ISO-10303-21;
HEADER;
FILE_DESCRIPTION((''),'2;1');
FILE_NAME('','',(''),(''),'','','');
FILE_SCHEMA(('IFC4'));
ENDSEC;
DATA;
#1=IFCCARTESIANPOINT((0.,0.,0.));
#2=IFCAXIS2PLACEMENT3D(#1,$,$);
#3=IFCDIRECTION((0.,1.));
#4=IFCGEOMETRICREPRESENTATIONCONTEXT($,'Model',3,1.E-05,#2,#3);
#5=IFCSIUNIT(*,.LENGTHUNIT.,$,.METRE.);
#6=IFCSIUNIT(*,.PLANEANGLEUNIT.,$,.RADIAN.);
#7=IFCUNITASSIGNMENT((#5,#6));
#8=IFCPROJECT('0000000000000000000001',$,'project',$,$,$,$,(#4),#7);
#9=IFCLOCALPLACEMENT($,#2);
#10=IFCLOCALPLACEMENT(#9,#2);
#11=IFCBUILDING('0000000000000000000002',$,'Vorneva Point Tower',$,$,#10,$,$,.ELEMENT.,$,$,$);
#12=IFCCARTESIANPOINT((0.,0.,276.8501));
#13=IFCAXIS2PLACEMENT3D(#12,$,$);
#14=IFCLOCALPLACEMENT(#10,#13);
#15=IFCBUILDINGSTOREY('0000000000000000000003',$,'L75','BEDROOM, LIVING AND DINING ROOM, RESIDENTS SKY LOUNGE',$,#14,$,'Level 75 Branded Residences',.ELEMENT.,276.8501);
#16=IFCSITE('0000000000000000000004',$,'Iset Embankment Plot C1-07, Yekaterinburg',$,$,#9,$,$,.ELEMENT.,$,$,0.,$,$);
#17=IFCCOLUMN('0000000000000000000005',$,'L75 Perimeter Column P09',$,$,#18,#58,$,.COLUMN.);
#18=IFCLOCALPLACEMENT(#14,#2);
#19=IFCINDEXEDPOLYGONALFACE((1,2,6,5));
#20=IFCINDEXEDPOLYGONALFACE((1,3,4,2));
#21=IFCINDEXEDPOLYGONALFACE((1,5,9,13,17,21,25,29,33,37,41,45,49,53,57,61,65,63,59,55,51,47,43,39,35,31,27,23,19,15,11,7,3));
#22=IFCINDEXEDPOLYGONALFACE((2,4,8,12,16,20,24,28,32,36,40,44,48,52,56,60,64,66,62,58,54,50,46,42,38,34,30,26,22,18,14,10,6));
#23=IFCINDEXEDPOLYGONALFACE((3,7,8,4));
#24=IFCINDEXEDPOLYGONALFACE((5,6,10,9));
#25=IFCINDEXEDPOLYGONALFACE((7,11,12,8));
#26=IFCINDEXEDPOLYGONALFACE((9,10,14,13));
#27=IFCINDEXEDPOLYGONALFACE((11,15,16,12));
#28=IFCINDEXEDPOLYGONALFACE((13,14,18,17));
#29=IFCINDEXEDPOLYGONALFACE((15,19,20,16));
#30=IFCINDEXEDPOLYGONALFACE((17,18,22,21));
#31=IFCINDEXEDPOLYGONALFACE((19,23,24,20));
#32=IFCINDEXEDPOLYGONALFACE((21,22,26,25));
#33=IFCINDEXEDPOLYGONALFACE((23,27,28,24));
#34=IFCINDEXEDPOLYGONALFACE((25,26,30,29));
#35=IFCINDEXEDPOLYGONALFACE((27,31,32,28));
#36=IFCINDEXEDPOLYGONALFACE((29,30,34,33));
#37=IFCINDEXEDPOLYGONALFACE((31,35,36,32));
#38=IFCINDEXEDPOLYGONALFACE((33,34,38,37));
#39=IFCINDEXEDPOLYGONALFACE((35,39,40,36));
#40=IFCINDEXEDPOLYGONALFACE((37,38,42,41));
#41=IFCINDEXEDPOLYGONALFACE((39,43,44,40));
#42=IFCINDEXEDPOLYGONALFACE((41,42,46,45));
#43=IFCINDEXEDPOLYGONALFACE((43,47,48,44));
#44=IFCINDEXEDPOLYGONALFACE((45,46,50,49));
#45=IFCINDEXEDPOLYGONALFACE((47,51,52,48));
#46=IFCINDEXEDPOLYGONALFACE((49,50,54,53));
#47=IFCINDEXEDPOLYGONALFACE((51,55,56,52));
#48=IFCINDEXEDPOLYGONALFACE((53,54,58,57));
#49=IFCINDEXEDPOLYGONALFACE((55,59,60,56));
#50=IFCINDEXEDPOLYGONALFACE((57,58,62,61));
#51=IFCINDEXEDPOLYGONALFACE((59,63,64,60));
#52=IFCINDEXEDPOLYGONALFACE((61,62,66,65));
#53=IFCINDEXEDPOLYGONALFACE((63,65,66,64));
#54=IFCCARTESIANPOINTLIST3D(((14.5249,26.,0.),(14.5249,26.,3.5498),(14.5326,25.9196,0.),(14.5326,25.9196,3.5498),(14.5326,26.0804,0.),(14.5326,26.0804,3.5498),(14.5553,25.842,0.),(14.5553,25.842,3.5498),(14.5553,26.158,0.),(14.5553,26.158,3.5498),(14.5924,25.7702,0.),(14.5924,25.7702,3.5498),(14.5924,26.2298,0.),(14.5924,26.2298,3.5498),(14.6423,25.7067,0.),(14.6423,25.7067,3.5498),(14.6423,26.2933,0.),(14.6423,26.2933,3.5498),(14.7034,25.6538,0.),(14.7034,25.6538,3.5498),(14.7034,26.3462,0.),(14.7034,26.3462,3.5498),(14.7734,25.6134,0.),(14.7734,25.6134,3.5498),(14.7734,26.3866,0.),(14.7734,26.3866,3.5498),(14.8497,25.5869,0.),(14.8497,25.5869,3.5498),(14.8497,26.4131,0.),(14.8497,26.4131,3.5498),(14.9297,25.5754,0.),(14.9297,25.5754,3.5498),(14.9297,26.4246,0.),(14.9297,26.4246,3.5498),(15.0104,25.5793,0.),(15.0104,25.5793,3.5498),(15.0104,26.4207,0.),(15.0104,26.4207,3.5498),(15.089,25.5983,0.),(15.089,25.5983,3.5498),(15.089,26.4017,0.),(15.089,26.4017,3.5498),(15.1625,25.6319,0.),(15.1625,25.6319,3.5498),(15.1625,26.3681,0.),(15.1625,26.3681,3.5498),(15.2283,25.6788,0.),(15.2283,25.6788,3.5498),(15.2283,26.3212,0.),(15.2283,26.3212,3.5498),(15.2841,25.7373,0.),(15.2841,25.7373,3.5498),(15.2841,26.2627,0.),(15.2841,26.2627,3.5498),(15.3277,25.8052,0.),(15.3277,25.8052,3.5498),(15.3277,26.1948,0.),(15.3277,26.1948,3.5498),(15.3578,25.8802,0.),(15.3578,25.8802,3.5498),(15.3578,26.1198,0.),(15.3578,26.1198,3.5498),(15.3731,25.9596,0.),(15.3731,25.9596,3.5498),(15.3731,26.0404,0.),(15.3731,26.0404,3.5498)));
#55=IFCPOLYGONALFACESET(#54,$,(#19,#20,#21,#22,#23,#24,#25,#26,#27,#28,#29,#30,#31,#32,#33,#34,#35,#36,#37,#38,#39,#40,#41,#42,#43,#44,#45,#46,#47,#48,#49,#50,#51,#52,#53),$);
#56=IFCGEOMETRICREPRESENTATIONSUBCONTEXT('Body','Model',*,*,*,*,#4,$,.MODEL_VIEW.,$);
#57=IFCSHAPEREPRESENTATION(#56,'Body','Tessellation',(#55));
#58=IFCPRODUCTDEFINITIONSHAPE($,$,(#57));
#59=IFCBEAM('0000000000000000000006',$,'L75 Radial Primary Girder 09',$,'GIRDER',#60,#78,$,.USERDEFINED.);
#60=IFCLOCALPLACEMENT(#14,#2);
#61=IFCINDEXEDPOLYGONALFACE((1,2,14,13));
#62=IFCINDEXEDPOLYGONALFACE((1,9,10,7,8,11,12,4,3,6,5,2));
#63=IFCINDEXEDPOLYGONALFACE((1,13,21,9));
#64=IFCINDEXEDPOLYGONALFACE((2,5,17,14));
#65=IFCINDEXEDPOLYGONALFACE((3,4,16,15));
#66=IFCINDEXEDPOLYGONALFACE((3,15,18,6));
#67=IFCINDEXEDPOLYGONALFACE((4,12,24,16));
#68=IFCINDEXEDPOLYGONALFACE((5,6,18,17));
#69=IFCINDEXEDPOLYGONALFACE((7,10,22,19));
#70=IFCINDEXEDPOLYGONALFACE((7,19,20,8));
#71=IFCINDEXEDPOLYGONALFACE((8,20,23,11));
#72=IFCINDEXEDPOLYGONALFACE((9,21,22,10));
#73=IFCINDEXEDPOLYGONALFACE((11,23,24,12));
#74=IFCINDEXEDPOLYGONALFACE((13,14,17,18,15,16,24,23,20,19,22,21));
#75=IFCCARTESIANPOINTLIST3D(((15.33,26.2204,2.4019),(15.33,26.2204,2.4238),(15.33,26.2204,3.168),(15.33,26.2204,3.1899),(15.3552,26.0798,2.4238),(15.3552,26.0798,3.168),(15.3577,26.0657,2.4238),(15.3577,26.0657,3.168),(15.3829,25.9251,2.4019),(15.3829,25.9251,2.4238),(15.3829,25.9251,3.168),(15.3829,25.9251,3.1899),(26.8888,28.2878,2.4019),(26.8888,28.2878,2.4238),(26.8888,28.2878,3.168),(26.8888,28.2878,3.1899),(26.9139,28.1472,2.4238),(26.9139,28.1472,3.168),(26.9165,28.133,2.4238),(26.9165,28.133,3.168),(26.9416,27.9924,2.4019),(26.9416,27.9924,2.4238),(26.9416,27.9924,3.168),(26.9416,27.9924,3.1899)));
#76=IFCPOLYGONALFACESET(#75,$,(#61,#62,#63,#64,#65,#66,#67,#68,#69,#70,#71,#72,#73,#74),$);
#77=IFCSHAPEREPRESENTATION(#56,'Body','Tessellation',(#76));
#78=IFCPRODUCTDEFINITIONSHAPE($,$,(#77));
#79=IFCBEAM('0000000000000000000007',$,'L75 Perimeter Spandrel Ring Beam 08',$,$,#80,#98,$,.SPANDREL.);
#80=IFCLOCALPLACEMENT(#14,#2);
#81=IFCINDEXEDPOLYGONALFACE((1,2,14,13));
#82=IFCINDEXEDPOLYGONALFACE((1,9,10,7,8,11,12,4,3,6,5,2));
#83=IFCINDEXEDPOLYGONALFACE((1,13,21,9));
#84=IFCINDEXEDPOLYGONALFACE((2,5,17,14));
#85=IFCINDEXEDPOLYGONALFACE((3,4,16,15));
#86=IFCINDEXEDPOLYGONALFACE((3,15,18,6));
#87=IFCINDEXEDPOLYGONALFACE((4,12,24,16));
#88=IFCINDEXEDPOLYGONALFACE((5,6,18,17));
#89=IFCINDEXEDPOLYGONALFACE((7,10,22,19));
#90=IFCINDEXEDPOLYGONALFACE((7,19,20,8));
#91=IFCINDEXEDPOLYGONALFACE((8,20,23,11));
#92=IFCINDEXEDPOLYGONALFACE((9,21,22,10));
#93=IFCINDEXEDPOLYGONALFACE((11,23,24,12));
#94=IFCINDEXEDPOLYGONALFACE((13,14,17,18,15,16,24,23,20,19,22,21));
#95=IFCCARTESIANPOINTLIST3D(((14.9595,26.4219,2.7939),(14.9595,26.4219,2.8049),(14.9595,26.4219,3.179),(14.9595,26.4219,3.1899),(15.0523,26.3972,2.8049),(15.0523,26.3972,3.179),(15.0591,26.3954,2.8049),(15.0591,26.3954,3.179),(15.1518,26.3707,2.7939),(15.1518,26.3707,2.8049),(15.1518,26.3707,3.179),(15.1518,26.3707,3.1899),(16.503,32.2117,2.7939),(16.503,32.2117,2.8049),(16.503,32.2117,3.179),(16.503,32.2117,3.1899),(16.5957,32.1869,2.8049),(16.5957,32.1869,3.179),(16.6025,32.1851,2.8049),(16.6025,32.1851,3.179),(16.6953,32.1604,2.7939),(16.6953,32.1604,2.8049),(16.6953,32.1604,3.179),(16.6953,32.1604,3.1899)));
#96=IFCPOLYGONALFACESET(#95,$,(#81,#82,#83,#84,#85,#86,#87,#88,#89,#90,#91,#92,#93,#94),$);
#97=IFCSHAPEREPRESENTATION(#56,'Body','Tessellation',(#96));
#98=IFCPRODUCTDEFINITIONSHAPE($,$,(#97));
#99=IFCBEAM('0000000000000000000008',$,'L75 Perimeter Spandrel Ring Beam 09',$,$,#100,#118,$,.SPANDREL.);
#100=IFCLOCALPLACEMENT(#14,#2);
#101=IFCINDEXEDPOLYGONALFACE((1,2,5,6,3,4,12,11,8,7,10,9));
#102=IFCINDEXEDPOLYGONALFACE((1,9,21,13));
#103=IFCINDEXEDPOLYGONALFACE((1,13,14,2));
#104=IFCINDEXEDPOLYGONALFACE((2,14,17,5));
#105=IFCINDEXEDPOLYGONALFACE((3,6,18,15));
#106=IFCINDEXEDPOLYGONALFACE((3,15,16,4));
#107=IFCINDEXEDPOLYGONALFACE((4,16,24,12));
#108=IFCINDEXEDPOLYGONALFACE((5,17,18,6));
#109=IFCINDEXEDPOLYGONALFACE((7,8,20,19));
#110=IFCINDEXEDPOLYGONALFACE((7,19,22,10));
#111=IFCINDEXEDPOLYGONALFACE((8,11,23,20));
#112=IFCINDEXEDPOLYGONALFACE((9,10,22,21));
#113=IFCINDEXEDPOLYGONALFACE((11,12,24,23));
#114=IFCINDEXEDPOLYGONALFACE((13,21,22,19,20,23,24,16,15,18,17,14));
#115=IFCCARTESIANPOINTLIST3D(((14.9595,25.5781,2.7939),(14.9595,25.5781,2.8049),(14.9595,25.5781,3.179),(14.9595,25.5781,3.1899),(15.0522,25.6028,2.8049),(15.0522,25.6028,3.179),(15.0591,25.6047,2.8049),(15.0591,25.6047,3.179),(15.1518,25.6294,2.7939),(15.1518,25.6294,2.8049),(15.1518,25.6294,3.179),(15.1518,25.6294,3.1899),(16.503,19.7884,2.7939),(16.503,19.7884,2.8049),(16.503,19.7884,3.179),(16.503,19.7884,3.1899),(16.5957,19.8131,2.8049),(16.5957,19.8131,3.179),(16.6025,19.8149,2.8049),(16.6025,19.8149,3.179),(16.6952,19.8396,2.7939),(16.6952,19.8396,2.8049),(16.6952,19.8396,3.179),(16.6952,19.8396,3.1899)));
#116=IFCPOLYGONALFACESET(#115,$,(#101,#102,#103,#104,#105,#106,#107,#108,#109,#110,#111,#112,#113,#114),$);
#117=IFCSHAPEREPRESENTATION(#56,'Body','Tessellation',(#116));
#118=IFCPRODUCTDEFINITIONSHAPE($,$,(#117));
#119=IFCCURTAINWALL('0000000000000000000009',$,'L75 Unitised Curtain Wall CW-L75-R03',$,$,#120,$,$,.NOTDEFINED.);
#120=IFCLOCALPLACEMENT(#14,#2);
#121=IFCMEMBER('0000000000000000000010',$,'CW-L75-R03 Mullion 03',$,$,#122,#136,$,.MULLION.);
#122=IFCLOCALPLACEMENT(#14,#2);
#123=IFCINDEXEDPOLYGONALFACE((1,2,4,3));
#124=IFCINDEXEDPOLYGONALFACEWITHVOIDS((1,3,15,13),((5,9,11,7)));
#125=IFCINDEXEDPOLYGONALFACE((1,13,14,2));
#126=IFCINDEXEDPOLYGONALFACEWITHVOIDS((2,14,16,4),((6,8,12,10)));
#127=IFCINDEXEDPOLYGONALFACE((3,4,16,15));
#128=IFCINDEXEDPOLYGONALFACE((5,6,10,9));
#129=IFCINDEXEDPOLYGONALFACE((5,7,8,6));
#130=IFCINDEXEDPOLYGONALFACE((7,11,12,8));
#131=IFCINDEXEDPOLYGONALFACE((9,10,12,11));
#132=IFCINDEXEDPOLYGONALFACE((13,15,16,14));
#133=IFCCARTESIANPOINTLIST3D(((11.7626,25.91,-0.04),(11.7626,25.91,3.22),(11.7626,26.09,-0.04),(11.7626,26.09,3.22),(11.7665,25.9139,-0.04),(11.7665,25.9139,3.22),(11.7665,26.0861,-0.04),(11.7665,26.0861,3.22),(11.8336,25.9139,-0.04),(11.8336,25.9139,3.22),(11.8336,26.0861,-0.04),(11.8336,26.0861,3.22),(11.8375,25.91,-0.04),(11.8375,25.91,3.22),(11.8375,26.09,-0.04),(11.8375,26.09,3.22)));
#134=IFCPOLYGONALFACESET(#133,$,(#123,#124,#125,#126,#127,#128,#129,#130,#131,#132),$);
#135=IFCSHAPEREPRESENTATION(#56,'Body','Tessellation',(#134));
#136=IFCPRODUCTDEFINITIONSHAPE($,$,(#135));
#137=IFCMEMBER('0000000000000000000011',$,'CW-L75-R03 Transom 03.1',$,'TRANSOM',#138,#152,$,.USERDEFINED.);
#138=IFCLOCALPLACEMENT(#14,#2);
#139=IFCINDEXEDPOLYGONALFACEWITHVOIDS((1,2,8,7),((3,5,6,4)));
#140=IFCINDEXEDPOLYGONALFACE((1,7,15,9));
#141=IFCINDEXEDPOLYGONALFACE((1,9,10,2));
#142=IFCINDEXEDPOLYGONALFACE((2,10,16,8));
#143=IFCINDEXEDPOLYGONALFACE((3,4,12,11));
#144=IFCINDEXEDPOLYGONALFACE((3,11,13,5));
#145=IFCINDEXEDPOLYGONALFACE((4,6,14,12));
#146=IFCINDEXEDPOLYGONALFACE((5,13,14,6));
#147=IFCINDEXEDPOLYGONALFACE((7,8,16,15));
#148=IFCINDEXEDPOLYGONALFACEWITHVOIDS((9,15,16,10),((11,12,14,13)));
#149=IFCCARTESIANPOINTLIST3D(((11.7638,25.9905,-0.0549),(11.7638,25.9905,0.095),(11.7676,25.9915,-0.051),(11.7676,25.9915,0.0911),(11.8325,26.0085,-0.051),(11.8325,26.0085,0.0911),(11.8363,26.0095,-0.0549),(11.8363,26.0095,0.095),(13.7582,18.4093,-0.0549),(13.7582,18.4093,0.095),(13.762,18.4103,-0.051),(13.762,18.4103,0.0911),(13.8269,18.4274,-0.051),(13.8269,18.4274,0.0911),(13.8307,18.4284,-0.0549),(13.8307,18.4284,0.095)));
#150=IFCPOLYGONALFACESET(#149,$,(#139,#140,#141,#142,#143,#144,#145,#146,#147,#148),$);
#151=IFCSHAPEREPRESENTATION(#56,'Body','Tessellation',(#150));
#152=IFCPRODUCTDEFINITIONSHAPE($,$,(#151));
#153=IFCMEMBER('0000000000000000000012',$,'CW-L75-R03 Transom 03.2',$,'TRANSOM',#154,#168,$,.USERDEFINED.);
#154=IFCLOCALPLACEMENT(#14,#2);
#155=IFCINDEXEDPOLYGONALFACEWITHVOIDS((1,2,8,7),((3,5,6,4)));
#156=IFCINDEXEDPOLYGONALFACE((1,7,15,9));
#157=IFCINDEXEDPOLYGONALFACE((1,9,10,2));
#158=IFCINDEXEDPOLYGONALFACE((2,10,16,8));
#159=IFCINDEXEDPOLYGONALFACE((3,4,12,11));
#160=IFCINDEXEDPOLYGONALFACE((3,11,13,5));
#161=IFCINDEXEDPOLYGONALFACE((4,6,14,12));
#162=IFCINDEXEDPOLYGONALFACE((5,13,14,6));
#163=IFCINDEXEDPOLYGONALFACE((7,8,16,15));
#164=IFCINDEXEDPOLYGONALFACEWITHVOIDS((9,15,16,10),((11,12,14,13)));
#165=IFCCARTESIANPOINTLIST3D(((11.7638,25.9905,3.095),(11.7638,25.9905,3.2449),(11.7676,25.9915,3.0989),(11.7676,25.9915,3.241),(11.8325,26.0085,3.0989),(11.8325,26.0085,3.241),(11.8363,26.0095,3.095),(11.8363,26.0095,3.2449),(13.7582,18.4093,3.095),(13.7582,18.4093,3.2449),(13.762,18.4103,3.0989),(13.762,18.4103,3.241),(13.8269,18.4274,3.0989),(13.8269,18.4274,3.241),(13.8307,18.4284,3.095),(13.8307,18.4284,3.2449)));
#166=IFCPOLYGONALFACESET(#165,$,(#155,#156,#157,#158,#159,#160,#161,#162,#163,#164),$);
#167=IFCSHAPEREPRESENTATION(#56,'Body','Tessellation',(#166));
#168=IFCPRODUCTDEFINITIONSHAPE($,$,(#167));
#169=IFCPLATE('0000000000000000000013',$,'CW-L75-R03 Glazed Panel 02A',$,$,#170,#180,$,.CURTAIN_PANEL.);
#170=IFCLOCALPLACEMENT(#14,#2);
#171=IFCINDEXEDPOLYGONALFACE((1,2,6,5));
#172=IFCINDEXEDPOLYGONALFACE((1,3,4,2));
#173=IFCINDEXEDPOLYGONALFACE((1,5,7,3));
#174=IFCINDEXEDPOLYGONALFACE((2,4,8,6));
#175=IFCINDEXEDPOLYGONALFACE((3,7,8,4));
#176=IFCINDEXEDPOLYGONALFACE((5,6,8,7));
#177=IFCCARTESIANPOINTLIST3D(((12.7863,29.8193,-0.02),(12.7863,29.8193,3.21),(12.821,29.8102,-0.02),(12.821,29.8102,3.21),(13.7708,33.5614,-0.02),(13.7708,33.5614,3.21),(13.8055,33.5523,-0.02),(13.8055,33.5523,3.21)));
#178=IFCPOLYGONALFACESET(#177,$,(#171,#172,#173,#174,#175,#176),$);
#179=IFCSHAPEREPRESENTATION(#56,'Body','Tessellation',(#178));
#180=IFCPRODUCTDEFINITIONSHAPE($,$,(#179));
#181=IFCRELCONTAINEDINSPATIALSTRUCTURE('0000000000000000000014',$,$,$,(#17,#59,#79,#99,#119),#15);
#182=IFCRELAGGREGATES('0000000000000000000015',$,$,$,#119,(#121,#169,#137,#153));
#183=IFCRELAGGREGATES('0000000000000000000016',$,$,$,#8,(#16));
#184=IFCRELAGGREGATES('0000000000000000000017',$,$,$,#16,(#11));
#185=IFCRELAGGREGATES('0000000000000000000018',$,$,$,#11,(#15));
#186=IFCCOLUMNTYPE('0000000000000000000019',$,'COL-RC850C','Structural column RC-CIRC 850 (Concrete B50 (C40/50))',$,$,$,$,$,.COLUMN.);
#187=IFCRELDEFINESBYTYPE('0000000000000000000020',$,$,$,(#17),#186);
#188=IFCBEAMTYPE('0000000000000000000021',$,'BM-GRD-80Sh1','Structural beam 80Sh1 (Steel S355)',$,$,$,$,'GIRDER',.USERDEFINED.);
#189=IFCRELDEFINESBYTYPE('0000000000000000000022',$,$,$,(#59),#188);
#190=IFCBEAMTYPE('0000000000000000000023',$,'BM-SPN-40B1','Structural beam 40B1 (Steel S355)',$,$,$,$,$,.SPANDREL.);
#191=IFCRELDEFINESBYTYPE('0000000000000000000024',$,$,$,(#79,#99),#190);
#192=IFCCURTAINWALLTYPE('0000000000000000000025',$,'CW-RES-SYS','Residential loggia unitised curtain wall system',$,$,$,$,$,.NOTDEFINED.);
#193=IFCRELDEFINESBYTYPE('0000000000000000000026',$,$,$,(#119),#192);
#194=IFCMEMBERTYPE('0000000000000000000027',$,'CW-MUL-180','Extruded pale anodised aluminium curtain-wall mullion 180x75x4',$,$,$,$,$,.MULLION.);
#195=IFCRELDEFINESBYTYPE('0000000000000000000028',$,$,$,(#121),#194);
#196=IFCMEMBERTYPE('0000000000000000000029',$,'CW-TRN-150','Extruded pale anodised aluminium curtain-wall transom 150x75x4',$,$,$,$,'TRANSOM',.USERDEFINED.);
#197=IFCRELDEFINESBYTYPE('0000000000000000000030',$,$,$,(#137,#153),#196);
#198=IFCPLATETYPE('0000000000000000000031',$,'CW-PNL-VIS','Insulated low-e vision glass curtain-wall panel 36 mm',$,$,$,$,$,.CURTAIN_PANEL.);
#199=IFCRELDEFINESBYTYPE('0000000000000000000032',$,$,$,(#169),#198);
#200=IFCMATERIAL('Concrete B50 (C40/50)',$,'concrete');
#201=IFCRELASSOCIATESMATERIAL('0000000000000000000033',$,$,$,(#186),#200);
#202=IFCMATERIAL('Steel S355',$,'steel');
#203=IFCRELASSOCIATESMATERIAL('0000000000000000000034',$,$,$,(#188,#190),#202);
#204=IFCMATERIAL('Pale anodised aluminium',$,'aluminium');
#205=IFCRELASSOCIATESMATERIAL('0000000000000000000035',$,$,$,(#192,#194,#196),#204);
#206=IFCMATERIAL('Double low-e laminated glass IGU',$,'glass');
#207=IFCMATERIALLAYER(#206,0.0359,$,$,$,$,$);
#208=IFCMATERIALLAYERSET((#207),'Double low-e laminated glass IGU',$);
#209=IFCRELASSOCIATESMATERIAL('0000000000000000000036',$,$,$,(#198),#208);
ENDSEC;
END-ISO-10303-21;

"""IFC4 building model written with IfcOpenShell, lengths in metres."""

from ifc_helpers import new_model, si_unit, direction, frame, origin, origin_2d, place, context, subcontext, project, spatial, rectangle, hollow_rectangle, circle, i_section, extrude, material, layer, layer_set, material_profile, profile_set, type_object, element, aggregate, save


model = new_model("IFC4")

# Units and contexts
model_context = context("Model", 3, precision=1e-05, world=origin(), true_north=direction((0.0, 1.0)))
body_context = subcontext(model_context, "Body", "Model", "MODEL_VIEW")
ifc_project = project(units=[si_unit("LENGTHUNIT", "METRE"), si_unit("PLANEANGLEUNIT", "RADIAN")], contexts=[model_context])

# Site, building, storey
site_placement = place(None, origin())
site = spatial("IfcSite", under=ifc_project, at=site_placement, Name="Iset Embankment Plot C1-07, Yekaterinburg", CompositionType="ELEMENT", RefElevation=0.0)
building_placement = place(site_placement, origin())
building = spatial("IfcBuilding", under=site, at=building_placement, Name="Vorneva Point Tower", CompositionType="ELEMENT")
storey_placement = place(building_placement, frame((0.0, 0.0, 276.8501)))
storey = spatial("IfcBuildingStorey", under=building, at=storey_placement, Name="L75", Description="BEDROOM, LIVING AND DINING ROOM, RESIDENTS SKY LOUNGE", LongName="Level 75 Branded Residences", CompositionType="ELEMENT", Elevation=276.8501)

# Column
ifc_material_1 = material(Name="Concrete B50 (C40/50)", Category="concrete")
ifc_material_profile_1 = material_profile(ifc_material_1, circle(Radius=0.425, at=origin_2d()), Name="RC-CIRC 850")
ifc_profile_set_1 = profile_set([ifc_material_profile_1], Name="Concrete B50 (C40/50)")
column_type = type_object("IfcColumnType", Name="COL-RC850C", Description="Structural column RC-CIRC 850 (Concrete B50 (C40/50))", PredefinedType="COLUMN", material=ifc_profile_set_1)
column_placement = place(storey_placement, frame((14.95, 26.0, 0.0), z_axis=(0.0, 0.0, 1.0), x_axis=(-1.0, 0.0, 0.0)))
element("IfcColumn", 1, at=column_placement, inside=storey, type_object=column_type, Name="L75 Perimeter Column P09", PredefinedType="COLUMN", context=body_context, shape_type="SweptSolid", body=[
    extrude(circle(Radius=0.425, at=origin_2d()), origin(), (0.0, 0.0, 1.0), 3.5498),
])

# Beams
ifc_material_2 = material(Name="Steel S355", Category="steel")
ifc_material_profile_2 = material_profile(ifc_material_2, i_section(OverallWidth=0.3, OverallDepth=0.7881, WebThickness=0.0144, FlangeThickness=0.022, at=origin_2d()), Name="80Sh1")
ifc_profile_set_2 = profile_set([ifc_material_profile_2], Name="Steel S355")
beam_type_1 = type_object("IfcBeamType", Name="BM-GRD-80Sh1", Description="Structural beam 80Sh1 (Steel S355)", ElementType="GIRDER", PredefinedType="USERDEFINED", material=ifc_profile_set_2)
beam_placement = place(storey_placement, frame((15.3564, 26.0728, 2.7959), z_axis=(0.984379, 0.176063, 0.0), x_axis=(-0.176063, 0.984379, 0.0)))
element("IfcBeam", 2, at=beam_placement, inside=storey, type_object=beam_type_1, Name="L75 Radial Primary Girder 09", ObjectType="GIRDER", PredefinedType="USERDEFINED", context=body_context, shape_type="SweptSolid", body=[
    extrude(i_section(OverallWidth=0.3, OverallDepth=0.7881, WebThickness=0.0144, FlangeThickness=0.022, at=origin_2d()), origin(), (0.0, 0.0, 1.0), 11.7422),
])
ifc_material_profile_3 = material_profile(ifc_material_2, i_section(OverallWidth=0.199, OverallDepth=0.396, WebThickness=0.0071, FlangeThickness=0.011, at=origin_2d()), Name="40B1")
ifc_profile_set_3 = profile_set([ifc_material_profile_3], Name="Steel S355")
beam_type_2 = type_object("IfcBeamType", Name="BM-SPN-40B1", Description="Structural beam 40B1 (Steel S355)", PredefinedType="SPANDREL", material=ifc_profile_set_3)
for number, where, z_axis, x_axis, name in (
    (3, (16.5991, 32.186, 2.9919), (-0.257587, -0.966255, 0.0), (0.966255, -0.257587, 0.0), "L75 Perimeter Spandrel Ring Beam 08"),
    (4, (15.0557, 25.6038, 2.9919), (0.257587, -0.966255, 0.0), (0.966255, 0.257587, 0.0), "L75 Perimeter Spandrel Ring Beam 09"),
):
    element("IfcBeam", number, at=place(storey_placement, frame(where, z_axis=z_axis, x_axis=x_axis)), inside=storey, type_object=beam_type_2, Name=name, PredefinedType="SPANDREL", context=body_context, shape_type="SweptSolid", body=[
        extrude(i_section(OverallWidth=0.199, OverallDepth=0.396, WebThickness=0.0071, FlangeThickness=0.011, at=origin_2d()), origin(), (0.0, 0.0, 1.0), 5.9919),
    ])

# Curtain wall, members, plate
ifc_material_3 = material(Name="Pale anodised aluminium", Category="aluminium")
curtain_wall_type = type_object("IfcCurtainWallType", Name="CW-RES-SYS", Description="Residential loggia unitised curtain wall system", PredefinedType="NOTDEFINED", material=ifc_material_3)
curtain_wall_placement = place(storey_placement, origin())
curtain_wall = element("IfcCurtainWall", 5, at=curtain_wall_placement, inside=storey, type_object=curtain_wall_type, Name="L75 Unitised Curtain Wall CW-L75-R03", PredefinedType="NOTDEFINED")
ifc_material_profile_4 = material_profile(ifc_material_3, hollow_rectangle(XDim=0.075, YDim=0.1799, WallThickness=0.0039, at=origin_2d()), Name="AL-MUL 180x75x4")
ifc_profile_set_4 = profile_set([ifc_material_profile_4], Name="Pale anodised aluminium")
member_type_1 = type_object("IfcMemberType", Name="CW-MUL-180", Description="Extruded pale anodised aluminium curtain-wall mullion 180x75x4", PredefinedType="MULLION", material=ifc_profile_set_4)
member_1_placement = place(storey_placement, frame((11.8, 26.0, -0.04), z_axis=(0.0, 0.0, 1.0), x_axis=(1.0, 0.0, 0.0)))
member_1 = element("IfcMember", 6, at=member_1_placement, type_object=member_type_1, Name="CW-L75-R03 Mullion 03", PredefinedType="MULLION", context=body_context, shape_type="SweptSolid", body=[
    extrude(hollow_rectangle(XDim=0.075, YDim=0.1799, WallThickness=0.0039, at=origin_2d()), origin(), (0.0, 0.0, 1.0), 3.26),
])
ifc_material_profile_5 = material_profile(ifc_material_3, hollow_rectangle(XDim=0.075, YDim=0.1499, WallThickness=0.0039, at=origin_2d()), Name="AL-TRN 150x75x4")
ifc_profile_set_5 = profile_set([ifc_material_profile_5], Name="Pale anodised aluminium")
member_type_2 = type_object("IfcMemberType", Name="CW-TRN-150", Description="Extruded pale anodised aluminium curtain-wall transom 150x75x4", ElementType="TRANSOM", PredefinedType="USERDEFINED", material=ifc_profile_set_5)
member_2_placement = place(storey_placement, frame((11.8, 26.0, 0.02), z_axis=(0.254418, -0.967094, 0.0), x_axis=(0.967094, 0.254418, 0.0)))
member_2 = element("IfcMember", 7, at=member_2_placement, type_object=member_type_2, Name="CW-L75-R03 Transom 03.1", ObjectType="TRANSOM", PredefinedType="USERDEFINED", context=body_context, shape_type="SweptSolid", body=[
    extrude(hollow_rectangle(XDim=0.075, YDim=0.1499, WallThickness=0.0039, at=origin_2d()), origin(), (0.0, 0.0, 1.0), 7.8391),
])
member_3_placement = place(storey_placement, frame((11.8, 26.0, 3.1699), z_axis=(0.254418, -0.967094, 0.0), x_axis=(0.967094, 0.254418, 0.0)))
member_3 = element("IfcMember", 8, at=member_3_placement, type_object=member_type_2, Name="CW-L75-R03 Transom 03.2", ObjectType="TRANSOM", PredefinedType="USERDEFINED", context=body_context, shape_type="SweptSolid", body=[
    extrude(hollow_rectangle(XDim=0.075, YDim=0.1499, WallThickness=0.0039, at=origin_2d()), origin(), (0.0, 0.0, 1.0), 7.8391),
])
ifc_material_4 = material(Name="Double low-e laminated glass IGU", Category="glass")
ifc_layer_1 = layer(ifc_material_4, 0.0359)
ifc_layer_set_1 = layer_set([ifc_layer_1], Name="Double low-e laminated glass IGU")
plate_type = type_object("IfcPlateType", Name="CW-PNL-VIS", Description="Insulated low-e vision glass curtain-wall panel 36 mm", PredefinedType="CURTAIN_PANEL", material=ifc_layer_set_1)
plate_1_placement = place(storey_placement, frame((13.2959, 31.6858, -0.02), z_axis=(0.0, 0.0, 1.0), x_axis=(-0.254416, -0.967095, 0.0)))
plate_1 = element("IfcPlate", 9, at=plate_1_placement, type_object=plate_type, Name="CW-L75-R03 Glazed Panel 02A", PredefinedType="CURTAIN_PANEL", context=body_context, shape_type="SweptSolid", body=[
    extrude(rectangle(XDim=3.8694, YDim=0.0359, at=origin_2d()), origin(), (0.0, 0.0, 1.0), 3.23),
])
aggregate(curtain_wall, [member_1, plate_1, member_2, member_3])

save(model, "model.ifc")
